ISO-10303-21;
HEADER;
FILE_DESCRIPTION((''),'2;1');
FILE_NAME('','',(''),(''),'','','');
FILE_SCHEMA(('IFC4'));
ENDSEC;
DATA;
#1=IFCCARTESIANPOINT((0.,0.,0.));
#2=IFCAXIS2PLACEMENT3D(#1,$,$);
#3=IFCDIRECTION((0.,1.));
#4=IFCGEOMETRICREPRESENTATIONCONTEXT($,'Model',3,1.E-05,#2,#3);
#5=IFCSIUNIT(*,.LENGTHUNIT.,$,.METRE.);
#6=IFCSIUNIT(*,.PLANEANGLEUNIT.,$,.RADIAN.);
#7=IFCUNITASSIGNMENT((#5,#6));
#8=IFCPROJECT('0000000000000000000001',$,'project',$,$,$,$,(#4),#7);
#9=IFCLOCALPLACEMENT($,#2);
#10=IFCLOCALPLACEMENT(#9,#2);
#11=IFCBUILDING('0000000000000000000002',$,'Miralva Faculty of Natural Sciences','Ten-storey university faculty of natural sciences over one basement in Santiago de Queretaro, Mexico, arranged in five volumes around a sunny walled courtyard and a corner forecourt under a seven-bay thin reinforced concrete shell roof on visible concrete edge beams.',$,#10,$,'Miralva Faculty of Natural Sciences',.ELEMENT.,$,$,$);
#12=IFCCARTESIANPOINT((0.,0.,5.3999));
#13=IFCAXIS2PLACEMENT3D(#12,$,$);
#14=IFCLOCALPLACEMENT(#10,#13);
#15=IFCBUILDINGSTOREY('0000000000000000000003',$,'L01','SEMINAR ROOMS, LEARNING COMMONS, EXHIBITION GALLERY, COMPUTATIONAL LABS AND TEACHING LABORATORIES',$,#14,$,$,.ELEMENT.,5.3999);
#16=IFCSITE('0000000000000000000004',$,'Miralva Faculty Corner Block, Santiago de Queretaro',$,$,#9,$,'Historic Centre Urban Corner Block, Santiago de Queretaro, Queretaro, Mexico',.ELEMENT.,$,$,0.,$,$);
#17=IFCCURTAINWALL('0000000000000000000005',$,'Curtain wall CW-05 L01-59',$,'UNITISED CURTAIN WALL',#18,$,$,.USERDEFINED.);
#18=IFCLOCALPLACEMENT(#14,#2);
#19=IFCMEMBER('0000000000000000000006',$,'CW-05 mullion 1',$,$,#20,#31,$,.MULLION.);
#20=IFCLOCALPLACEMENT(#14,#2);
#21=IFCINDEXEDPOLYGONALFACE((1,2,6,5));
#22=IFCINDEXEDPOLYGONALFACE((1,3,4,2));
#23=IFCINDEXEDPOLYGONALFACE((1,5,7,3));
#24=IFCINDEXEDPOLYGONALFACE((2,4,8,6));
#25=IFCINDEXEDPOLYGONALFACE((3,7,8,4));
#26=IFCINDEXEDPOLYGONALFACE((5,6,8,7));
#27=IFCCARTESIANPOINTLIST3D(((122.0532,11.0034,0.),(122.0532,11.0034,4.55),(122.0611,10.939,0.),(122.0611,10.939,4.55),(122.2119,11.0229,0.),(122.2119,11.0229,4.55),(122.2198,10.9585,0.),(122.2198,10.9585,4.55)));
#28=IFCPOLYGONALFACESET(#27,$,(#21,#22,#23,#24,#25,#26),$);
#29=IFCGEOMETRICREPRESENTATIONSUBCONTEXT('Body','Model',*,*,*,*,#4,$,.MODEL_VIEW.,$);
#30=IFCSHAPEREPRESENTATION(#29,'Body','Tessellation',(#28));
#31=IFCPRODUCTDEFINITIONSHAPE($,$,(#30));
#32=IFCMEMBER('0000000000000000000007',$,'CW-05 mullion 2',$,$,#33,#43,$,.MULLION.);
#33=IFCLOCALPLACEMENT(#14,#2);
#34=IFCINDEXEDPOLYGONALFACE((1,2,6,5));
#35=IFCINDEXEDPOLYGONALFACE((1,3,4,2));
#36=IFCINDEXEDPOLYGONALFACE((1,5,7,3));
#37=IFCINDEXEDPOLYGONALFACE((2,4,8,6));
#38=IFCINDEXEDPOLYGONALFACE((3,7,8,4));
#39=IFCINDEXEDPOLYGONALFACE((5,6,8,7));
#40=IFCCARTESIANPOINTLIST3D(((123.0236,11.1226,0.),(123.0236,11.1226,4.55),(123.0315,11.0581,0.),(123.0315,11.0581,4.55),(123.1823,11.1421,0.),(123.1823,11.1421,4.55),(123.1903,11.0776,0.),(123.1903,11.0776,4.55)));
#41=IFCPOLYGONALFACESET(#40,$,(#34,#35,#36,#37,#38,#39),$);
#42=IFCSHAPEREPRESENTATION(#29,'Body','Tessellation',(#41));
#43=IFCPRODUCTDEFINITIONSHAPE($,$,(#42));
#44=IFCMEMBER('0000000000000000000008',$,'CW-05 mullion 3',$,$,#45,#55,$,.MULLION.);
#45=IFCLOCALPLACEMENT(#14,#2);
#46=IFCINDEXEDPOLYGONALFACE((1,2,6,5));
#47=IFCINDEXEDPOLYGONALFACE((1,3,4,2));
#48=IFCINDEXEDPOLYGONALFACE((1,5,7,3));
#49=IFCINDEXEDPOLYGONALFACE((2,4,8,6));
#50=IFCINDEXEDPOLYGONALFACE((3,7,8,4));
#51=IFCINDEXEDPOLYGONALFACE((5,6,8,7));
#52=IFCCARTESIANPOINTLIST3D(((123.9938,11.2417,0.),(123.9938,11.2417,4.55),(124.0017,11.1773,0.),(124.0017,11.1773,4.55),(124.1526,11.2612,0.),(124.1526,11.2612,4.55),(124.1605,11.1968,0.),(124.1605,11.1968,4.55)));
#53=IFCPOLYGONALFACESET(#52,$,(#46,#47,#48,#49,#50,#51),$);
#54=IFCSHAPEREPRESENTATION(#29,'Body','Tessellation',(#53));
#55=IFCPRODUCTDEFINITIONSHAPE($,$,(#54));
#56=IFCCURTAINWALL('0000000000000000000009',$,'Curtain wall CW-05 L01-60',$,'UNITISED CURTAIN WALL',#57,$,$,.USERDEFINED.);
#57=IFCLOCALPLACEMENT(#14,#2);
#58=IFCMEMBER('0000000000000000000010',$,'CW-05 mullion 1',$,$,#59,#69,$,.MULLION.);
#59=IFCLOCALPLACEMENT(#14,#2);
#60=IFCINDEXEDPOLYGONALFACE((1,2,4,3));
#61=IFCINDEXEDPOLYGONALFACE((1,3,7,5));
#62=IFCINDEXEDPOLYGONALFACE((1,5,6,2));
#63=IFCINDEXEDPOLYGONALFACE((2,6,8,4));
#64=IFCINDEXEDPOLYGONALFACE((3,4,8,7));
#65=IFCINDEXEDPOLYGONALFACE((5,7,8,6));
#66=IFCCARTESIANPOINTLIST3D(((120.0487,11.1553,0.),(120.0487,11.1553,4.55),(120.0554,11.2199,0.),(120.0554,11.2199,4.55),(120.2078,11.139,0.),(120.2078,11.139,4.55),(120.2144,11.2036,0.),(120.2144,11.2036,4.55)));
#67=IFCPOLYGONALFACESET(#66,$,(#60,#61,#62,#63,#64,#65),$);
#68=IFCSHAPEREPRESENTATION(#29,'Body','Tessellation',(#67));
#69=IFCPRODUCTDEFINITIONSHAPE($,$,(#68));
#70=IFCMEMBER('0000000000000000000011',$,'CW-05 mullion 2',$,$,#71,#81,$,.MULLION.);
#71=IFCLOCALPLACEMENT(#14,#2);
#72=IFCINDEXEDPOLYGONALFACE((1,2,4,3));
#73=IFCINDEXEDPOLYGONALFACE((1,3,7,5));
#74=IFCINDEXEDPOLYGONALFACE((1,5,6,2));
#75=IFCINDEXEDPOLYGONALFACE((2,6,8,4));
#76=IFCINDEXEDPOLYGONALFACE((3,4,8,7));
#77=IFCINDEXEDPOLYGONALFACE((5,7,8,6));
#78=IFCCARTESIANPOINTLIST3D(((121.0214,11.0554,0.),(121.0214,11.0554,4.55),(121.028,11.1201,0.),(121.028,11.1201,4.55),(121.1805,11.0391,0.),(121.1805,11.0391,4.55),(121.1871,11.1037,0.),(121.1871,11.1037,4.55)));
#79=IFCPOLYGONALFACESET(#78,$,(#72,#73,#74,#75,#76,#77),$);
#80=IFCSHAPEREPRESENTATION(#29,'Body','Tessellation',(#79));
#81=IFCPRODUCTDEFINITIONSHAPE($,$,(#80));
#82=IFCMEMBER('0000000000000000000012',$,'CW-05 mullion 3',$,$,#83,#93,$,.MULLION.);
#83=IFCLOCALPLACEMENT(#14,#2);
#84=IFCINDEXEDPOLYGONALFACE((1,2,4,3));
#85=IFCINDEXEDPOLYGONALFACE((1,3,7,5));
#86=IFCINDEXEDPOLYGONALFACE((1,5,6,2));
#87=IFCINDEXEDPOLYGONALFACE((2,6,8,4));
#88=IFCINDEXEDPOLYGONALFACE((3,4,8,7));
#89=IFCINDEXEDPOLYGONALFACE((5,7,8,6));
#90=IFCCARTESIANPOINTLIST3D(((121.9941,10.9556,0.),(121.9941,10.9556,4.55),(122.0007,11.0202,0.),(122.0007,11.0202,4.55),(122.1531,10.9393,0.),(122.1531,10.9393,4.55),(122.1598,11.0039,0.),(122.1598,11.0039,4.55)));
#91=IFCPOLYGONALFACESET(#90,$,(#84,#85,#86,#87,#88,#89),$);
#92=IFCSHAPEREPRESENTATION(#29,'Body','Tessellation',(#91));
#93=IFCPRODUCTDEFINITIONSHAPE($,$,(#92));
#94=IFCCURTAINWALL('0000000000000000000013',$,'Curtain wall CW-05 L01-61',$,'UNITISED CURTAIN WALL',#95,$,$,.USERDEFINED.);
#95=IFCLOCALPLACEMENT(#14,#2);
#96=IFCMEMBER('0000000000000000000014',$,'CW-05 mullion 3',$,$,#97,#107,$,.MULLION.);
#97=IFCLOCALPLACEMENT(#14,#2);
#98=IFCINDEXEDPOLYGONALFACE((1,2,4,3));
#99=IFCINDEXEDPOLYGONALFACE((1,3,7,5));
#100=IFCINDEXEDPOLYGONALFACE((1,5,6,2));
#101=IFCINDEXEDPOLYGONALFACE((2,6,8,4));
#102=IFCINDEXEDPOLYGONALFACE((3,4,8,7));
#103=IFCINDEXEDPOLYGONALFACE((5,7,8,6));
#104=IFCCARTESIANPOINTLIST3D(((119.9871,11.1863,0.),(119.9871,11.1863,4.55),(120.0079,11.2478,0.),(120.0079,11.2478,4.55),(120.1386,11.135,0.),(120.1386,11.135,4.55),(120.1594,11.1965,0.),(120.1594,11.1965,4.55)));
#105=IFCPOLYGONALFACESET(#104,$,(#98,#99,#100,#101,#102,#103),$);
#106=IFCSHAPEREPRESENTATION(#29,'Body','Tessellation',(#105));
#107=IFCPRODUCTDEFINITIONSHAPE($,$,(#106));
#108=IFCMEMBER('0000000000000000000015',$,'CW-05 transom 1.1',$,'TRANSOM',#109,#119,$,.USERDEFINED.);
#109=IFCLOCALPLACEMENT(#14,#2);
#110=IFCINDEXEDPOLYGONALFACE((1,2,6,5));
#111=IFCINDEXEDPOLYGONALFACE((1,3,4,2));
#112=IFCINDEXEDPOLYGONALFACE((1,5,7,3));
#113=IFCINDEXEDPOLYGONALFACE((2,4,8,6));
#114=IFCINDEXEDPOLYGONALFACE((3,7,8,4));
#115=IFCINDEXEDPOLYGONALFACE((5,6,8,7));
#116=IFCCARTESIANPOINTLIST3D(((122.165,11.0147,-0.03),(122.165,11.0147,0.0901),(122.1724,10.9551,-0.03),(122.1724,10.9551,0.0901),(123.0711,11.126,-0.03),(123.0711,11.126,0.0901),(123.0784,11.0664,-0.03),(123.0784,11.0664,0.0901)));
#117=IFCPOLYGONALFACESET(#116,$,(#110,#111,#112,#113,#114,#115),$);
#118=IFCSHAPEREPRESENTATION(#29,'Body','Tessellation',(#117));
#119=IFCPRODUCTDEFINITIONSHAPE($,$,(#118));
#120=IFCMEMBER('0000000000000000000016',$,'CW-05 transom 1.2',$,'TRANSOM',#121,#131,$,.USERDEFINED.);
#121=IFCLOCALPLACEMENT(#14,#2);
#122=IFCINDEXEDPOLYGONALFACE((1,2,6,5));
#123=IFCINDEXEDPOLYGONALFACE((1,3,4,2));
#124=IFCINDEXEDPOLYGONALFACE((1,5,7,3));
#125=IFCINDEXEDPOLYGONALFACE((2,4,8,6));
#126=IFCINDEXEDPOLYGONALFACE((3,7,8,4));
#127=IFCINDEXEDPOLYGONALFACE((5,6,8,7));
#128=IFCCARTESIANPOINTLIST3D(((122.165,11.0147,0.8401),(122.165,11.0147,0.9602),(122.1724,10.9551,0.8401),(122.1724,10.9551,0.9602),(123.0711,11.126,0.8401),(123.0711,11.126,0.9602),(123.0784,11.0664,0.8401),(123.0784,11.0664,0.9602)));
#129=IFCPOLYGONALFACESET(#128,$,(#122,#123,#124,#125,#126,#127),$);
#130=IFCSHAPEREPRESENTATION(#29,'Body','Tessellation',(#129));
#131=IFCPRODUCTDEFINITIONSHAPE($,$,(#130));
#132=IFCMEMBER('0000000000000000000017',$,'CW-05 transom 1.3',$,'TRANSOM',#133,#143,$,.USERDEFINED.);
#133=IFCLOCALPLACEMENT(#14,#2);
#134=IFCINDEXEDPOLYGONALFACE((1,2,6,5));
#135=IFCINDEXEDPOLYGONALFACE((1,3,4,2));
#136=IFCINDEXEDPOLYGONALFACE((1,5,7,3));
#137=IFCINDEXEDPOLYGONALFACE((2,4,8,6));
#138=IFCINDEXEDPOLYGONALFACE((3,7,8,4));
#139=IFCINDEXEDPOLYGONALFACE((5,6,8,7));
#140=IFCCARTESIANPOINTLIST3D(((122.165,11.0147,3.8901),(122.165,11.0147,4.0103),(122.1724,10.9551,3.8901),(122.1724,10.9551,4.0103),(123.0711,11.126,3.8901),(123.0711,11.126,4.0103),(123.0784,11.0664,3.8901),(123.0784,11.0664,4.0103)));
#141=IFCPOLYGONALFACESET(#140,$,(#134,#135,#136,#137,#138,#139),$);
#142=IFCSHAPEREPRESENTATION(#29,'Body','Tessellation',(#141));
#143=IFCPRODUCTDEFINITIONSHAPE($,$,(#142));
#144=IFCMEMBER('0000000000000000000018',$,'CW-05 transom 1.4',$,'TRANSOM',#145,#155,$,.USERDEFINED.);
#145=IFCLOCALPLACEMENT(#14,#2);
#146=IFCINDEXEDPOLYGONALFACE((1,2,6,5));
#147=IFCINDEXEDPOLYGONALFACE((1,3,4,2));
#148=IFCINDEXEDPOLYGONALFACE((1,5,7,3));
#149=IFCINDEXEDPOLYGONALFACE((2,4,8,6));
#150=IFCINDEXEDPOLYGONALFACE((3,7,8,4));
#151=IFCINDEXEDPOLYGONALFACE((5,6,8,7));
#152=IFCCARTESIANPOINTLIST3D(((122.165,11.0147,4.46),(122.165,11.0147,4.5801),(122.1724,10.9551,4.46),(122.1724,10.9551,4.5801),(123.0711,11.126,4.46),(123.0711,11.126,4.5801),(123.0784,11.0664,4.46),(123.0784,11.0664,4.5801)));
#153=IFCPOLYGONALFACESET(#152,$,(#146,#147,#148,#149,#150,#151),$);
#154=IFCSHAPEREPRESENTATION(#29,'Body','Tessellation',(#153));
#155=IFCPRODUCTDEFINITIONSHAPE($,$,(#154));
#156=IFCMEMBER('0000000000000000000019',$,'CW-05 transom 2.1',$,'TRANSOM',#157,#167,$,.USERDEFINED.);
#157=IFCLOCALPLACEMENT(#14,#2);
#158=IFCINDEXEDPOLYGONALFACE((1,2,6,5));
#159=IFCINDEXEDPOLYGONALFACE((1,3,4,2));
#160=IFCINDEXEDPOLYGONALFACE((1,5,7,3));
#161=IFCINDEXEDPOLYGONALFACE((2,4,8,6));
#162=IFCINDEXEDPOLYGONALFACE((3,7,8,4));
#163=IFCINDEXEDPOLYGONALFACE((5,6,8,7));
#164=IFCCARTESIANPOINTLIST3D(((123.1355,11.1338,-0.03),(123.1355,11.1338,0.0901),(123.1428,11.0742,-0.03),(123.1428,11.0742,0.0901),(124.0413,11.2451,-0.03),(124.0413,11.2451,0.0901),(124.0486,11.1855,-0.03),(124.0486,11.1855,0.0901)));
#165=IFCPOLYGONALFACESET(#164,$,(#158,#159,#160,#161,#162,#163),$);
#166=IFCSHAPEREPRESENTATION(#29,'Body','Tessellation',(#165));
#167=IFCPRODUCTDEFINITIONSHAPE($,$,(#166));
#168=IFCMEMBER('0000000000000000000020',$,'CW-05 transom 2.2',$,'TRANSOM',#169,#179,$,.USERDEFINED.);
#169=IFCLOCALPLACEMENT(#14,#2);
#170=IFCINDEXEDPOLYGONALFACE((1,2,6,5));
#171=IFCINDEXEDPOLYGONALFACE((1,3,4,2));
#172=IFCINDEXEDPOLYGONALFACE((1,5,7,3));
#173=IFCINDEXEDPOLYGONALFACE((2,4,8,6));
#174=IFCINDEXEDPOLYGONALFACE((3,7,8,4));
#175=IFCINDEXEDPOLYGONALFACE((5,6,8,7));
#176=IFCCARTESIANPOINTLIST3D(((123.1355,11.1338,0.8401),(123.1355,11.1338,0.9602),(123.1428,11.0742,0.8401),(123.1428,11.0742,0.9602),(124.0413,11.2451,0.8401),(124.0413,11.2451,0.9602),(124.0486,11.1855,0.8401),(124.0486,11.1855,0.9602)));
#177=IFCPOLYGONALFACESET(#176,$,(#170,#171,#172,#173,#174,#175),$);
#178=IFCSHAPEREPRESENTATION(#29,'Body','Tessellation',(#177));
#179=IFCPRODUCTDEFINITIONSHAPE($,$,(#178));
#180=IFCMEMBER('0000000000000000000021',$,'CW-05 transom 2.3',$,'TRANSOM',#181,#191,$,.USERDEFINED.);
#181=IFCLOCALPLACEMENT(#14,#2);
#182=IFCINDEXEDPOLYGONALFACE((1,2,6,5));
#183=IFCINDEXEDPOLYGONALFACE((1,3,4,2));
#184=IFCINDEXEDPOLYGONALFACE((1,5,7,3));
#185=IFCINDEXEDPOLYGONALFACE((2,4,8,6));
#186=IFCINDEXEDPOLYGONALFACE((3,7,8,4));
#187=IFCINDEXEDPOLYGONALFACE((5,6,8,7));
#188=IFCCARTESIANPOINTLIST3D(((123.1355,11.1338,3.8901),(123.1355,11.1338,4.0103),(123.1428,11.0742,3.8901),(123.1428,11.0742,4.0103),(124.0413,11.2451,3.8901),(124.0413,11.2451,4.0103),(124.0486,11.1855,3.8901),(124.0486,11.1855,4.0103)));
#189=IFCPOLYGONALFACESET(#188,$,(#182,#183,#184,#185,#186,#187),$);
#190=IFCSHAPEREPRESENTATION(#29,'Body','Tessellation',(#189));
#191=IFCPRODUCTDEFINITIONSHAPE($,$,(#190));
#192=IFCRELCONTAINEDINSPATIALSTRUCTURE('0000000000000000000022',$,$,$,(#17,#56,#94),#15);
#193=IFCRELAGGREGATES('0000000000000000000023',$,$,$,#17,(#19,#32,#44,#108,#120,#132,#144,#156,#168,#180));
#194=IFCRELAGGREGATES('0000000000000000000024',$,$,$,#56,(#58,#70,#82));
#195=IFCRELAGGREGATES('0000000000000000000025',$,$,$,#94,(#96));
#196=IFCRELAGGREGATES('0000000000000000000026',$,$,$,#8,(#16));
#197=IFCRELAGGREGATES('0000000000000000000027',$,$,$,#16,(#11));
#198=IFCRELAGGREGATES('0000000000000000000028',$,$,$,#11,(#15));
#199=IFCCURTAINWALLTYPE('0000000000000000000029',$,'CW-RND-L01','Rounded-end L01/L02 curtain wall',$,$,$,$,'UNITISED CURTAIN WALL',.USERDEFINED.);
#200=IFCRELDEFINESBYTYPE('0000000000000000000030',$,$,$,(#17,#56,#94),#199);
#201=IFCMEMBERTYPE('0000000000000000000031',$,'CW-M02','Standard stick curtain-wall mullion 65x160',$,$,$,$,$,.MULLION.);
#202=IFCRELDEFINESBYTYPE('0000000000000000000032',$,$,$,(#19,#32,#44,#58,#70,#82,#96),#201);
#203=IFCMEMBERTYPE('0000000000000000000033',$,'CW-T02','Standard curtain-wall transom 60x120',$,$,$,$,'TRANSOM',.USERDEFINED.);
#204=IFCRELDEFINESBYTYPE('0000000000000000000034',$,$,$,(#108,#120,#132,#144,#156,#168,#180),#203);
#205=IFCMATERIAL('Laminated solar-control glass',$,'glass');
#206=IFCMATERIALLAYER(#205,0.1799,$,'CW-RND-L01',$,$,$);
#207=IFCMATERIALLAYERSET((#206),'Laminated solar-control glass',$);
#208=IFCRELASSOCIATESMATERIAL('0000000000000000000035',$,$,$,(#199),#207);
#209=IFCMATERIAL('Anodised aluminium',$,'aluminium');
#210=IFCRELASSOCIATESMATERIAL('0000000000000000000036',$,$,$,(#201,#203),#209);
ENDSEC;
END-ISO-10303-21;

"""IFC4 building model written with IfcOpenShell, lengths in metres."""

from ifc_helpers import new_model, si_unit, direction, frame, origin, origin_2d, place, context, subcontext, project, spatial, rectangle, extrude, material, layer, layer_set, material_profile, profile_set, type_object, element, aggregate, save


model = new_model("IFC4")

# Units and contexts
model_context = context("Model", 3, precision=1e-05, world=origin(), true_north=direction((0.0, 1.0)))
body_context = subcontext(model_context, "Body", "Model", "MODEL_VIEW")
ifc_project = project(units=[si_unit("LENGTHUNIT", "METRE"), si_unit("PLANEANGLEUNIT", "RADIAN")], contexts=[model_context])

# Site, building, storey
site_placement = place(None, origin())
site = spatial("IfcSite", under=ifc_project, at=site_placement, Name="Miralva Faculty Corner Block, Santiago de Queretaro", LongName="Historic Centre Urban Corner Block, Santiago de Queretaro, Queretaro, Mexico", CompositionType="ELEMENT", RefElevation=0.0)
building_placement = place(site_placement, origin())
building = spatial("IfcBuilding", under=site, at=building_placement, Name="Miralva Faculty of Natural Sciences", Description="Ten-storey university faculty of natural sciences over one basement in Santiago de Queretaro, Mexico, arranged in five volumes around a sunny walled courtyard and a corner forecourt under a seven-bay thin reinforced concrete shell roof on visible concrete edge beams.", LongName="Miralva Faculty of Natural Sciences", CompositionType="ELEMENT")
storey_placement = place(building_placement, frame((0.0, 0.0, 5.3999)))
storey = spatial("IfcBuildingStorey", under=building, at=storey_placement, Name="L01", Description="SEMINAR ROOMS, LEARNING COMMONS, EXHIBITION GALLERY, COMPUTATIONAL LABS AND TEACHING LABORATORIES", CompositionType="ELEMENT", Elevation=5.3999)

# Curtain walls, members
ifc_material_1 = material(Name="Laminated solar-control glass", Category="glass")
ifc_layer_1 = layer(ifc_material_1, 0.1799, Name="CW-RND-L01")
ifc_layer_set_1 = layer_set([ifc_layer_1], Name="Laminated solar-control glass")
curtain_wall_type = type_object("IfcCurtainWallType", Name="CW-RND-L01", Description="Rounded-end L01/L02 curtain wall", ElementType="UNITISED CURTAIN WALL", PredefinedType="USERDEFINED", material=ifc_layer_set_1)
curtain_wall_1_placement = place(storey_placement, origin())
curtain_wall_1 = element("IfcCurtainWall", 1, at=curtain_wall_1_placement, inside=storey, type_object=curtain_wall_type, Name="Curtain wall CW-05 L01-59", ObjectType="UNITISED CURTAIN WALL", PredefinedType="USERDEFINED")
ifc_material_2 = material(Name="Anodised aluminium", Category="aluminium")
ifc_material_profile_1 = material_profile(ifc_material_2, rectangle(XDim=0.0649, YDim=0.1599, at=origin_2d()), Name="MULLION 65x160")
ifc_profile_set_1 = profile_set([ifc_material_profile_1], Name="Anodised aluminium")
member_type_1 = type_object("IfcMemberType", Name="CW-M02", Description="Standard stick curtain-wall mullion 65x160", PredefinedType="MULLION", material=ifc_profile_set_1)
member_1_placement = place(storey_placement, frame((122.1365, 10.981, 0.0), z_axis=(0.0, 0.0, 1.0), x_axis=(-0.12186, 0.992547, 0.0)))
member_1 = element("IfcMember", 2, at=member_1_placement, type_object=member_type_1, Name="CW-05 mullion 1", PredefinedType="MULLION", context=body_context, shape_type="SweptSolid", body=[
    extrude(rectangle(XDim=0.0649, YDim=0.1599, at=origin_2d()), origin(), (0.0, 0.0, 1.0), 4.55),
])
member_2_placement = place(storey_placement, frame((123.1069, 11.1001, 0.0), z_axis=(0.0, 0.0, 1.0), x_axis=(-0.12186, 0.992547, 0.0)))
member_2 = element("IfcMember", 3, at=member_2_placement, type_object=member_type_1, Name="CW-05 mullion 2", PredefinedType="MULLION", context=body_context, shape_type="SweptSolid", body=[
    extrude(rectangle(XDim=0.0649, YDim=0.1599, at=origin_2d()), origin(), (0.0, 0.0, 1.0), 4.55),
])
member_3_placement = place(storey_placement, frame((124.0771, 11.2192, 0.0), z_axis=(0.0, 0.0, 1.0), x_axis=(-0.12186, 0.992547, 0.0)))
member_3 = element("IfcMember", 4, at=member_3_placement, type_object=member_type_1, Name="CW-05 mullion 3", PredefinedType="MULLION", context=body_context, shape_type="SweptSolid", body=[
    extrude(rectangle(XDim=0.0649, YDim=0.1599, at=origin_2d()), origin(), (0.0, 0.0, 1.0), 4.55),
])
curtain_wall_2_placement = place(storey_placement, origin())
curtain_wall_2 = element("IfcCurtainWall", 5, at=curtain_wall_2_placement, inside=storey, type_object=curtain_wall_type, Name="Curtain wall CW-05 L01-60", ObjectType="UNITISED CURTAIN WALL", PredefinedType="USERDEFINED")
member_4_placement = place(storey_placement, frame((120.1316, 11.1794, 0.0), z_axis=(0.0, 0.0, 1.0), x_axis=(0.102056, 0.994779, 0.0)))
member_4 = element("IfcMember", 6, at=member_4_placement, type_object=member_type_1, Name="CW-05 mullion 1", PredefinedType="MULLION", context=body_context, shape_type="SweptSolid", body=[
    extrude(rectangle(XDim=0.0649, YDim=0.1599, at=origin_2d()), origin(), (0.0, 0.0, 1.0), 4.55),
])
member_5_placement = place(storey_placement, frame((121.1042, 11.0796, 0.0), z_axis=(0.0, 0.0, 1.0), x_axis=(0.102056, 0.994779, 0.0)))
member_5 = element("IfcMember", 7, at=member_5_placement, type_object=member_type_1, Name="CW-05 mullion 2", PredefinedType="MULLION", context=body_context, shape_type="SweptSolid", body=[
    extrude(rectangle(XDim=0.0649, YDim=0.1599, at=origin_2d()), origin(), (0.0, 0.0, 1.0), 4.55),
])
member_6_placement = place(storey_placement, frame((122.0769, 10.9797, 0.0), z_axis=(0.0, 0.0, 1.0), x_axis=(0.102056, 0.994779, 0.0)))
member_6 = element("IfcMember", 8, at=member_6_placement, type_object=member_type_1, Name="CW-05 mullion 3", PredefinedType="MULLION", context=body_context, shape_type="SweptSolid", body=[
    extrude(rectangle(XDim=0.0649, YDim=0.1599, at=origin_2d()), origin(), (0.0, 0.0, 1.0), 4.55),
])

# Curtain wall, member
curtain_wall_3_placement = place(storey_placement, origin())
curtain_wall_3 = element("IfcCurtainWall", 9, at=curtain_wall_3_placement, inside=storey, type_object=curtain_wall_type, Name="Curtain wall CW-05 L01-61", ObjectType="UNITISED CURTAIN WALL", PredefinedType="USERDEFINED")
member_7_placement = place(storey_placement, frame((120.0732, 11.1914, 0.0), z_axis=(0.0, 0.0, 1.0), x_axis=(0.320842, 0.947133, 0.0)))
member_7 = element("IfcMember", 10, at=member_7_placement, type_object=member_type_1, Name="CW-05 mullion 3", PredefinedType="MULLION", context=body_context, shape_type="SweptSolid", body=[
    extrude(rectangle(XDim=0.0649, YDim=0.1599, at=origin_2d()), origin(), (0.0, 0.0, 1.0), 4.55),
])

# Members
ifc_material_profile_2 = material_profile(ifc_material_2, rectangle(XDim=0.0601, YDim=0.1201, at=origin_2d()), Name="TRANSOM 60x120")
ifc_profile_set_2 = profile_set([ifc_material_profile_2], Name="Anodised aluminium")
member_type_2 = type_object("IfcMemberType", Name="CW-T02", Description="Standard curtain-wall transom 60x120", ElementType="TRANSOM", PredefinedType="USERDEFINED", material=ifc_profile_set_2)
member_8_placement = place(storey_placement, frame((122.1687, 10.9849, 0.03), z_axis=(0.992535, 0.121961, 0.0), x_axis=(-0.121961, 0.992535, 0.0)))
member_8 = element("IfcMember", 11, at=member_8_placement, type_object=member_type_2, Name="CW-05 transom 1.1", ObjectType="TRANSOM", PredefinedType="USERDEFINED", context=body_context, shape_type="SweptSolid", body=[
    extrude(rectangle(XDim=0.0601, YDim=0.1201, at=origin_2d()), origin(), (0.0, 0.0, 1.0), 0.9128),
])
member_9_placement = place(storey_placement, frame((122.1687, 10.9849, 0.9001), z_axis=(0.992535, 0.121961, 0.0), x_axis=(-0.121961, 0.992535, 0.0)))
member_9 = element("IfcMember", 12, at=member_9_placement, type_object=member_type_2, Name="CW-05 transom 1.2", ObjectType="TRANSOM", PredefinedType="USERDEFINED", context=body_context, shape_type="SweptSolid", body=[
    extrude(rectangle(XDim=0.0601, YDim=0.1201, at=origin_2d()), origin(), (0.0, 0.0, 1.0), 0.9128),
])
member_10_placement = place(storey_placement, frame((122.1687, 10.9849, 3.9502), z_axis=(0.992535, 0.121961, 0.0), x_axis=(-0.121961, 0.992535, 0.0)))
member_10 = element("IfcMember", 13, at=member_10_placement, type_object=member_type_2, Name="CW-05 transom 1.3", ObjectType="TRANSOM", PredefinedType="USERDEFINED", context=body_context, shape_type="SweptSolid", body=[
    extrude(rectangle(XDim=0.0601, YDim=0.1201, at=origin_2d()), origin(), (0.0, 0.0, 1.0), 0.9128),
])
member_11_placement = place(storey_placement, frame((122.1687, 10.9849, 4.52), z_axis=(0.992535, 0.121961, 0.0), x_axis=(-0.121961, 0.992535, 0.0)))
member_11 = element("IfcMember", 14, at=member_11_placement, type_object=member_type_2, Name="CW-05 transom 1.4", ObjectType="TRANSOM", PredefinedType="USERDEFINED", context=body_context, shape_type="SweptSolid", body=[
    extrude(rectangle(XDim=0.0601, YDim=0.1201, at=origin_2d()), origin(), (0.0, 0.0, 1.0), 0.9128),
])
member_12_placement = place(storey_placement, frame((123.1392, 11.104, 0.03), z_axis=(0.992531, 0.121993, 0.0), x_axis=(-0.121993, 0.992531, 0.0)))
member_12 = element("IfcMember", 15, at=member_12_placement, type_object=member_type_2, Name="CW-05 transom 2.1", ObjectType="TRANSOM", PredefinedType="USERDEFINED", context=body_context, shape_type="SweptSolid", body=[
    extrude(rectangle(XDim=0.0601, YDim=0.1201, at=origin_2d()), origin(), (0.0, 0.0, 1.0), 0.9126),
])
member_13_placement = place(storey_placement, frame((123.1392, 11.104, 0.9001), z_axis=(0.992531, 0.121993, 0.0), x_axis=(-0.121993, 0.992531, 0.0)))
member_13 = element("IfcMember", 16, at=member_13_placement, type_object=member_type_2, Name="CW-05 transom 2.2", ObjectType="TRANSOM", PredefinedType="USERDEFINED", context=body_context, shape_type="SweptSolid", body=[
    extrude(rectangle(XDim=0.0601, YDim=0.1201, at=origin_2d()), origin(), (0.0, 0.0, 1.0), 0.9126),
])
member_14_placement = place(storey_placement, frame((123.1392, 11.104, 3.9502), z_axis=(0.992531, 0.121993, 0.0), x_axis=(-0.121993, 0.992531, 0.0)))
member_14 = element("IfcMember", 17, at=member_14_placement, type_object=member_type_2, Name="CW-05 transom 2.3", ObjectType="TRANSOM", PredefinedType="USERDEFINED", context=body_context, shape_type="SweptSolid", body=[
    extrude(rectangle(XDim=0.0601, YDim=0.1201, at=origin_2d()), origin(), (0.0, 0.0, 1.0), 0.9126),
])

aggregate(curtain_wall_1, [member_1, member_2, member_3, member_8, member_9, member_10, member_11, member_12, member_13, member_14])
aggregate(curtain_wall_2, [member_4, member_5, member_6])
aggregate(curtain_wall_3, [member_7])

save(model, "model.ifc")
